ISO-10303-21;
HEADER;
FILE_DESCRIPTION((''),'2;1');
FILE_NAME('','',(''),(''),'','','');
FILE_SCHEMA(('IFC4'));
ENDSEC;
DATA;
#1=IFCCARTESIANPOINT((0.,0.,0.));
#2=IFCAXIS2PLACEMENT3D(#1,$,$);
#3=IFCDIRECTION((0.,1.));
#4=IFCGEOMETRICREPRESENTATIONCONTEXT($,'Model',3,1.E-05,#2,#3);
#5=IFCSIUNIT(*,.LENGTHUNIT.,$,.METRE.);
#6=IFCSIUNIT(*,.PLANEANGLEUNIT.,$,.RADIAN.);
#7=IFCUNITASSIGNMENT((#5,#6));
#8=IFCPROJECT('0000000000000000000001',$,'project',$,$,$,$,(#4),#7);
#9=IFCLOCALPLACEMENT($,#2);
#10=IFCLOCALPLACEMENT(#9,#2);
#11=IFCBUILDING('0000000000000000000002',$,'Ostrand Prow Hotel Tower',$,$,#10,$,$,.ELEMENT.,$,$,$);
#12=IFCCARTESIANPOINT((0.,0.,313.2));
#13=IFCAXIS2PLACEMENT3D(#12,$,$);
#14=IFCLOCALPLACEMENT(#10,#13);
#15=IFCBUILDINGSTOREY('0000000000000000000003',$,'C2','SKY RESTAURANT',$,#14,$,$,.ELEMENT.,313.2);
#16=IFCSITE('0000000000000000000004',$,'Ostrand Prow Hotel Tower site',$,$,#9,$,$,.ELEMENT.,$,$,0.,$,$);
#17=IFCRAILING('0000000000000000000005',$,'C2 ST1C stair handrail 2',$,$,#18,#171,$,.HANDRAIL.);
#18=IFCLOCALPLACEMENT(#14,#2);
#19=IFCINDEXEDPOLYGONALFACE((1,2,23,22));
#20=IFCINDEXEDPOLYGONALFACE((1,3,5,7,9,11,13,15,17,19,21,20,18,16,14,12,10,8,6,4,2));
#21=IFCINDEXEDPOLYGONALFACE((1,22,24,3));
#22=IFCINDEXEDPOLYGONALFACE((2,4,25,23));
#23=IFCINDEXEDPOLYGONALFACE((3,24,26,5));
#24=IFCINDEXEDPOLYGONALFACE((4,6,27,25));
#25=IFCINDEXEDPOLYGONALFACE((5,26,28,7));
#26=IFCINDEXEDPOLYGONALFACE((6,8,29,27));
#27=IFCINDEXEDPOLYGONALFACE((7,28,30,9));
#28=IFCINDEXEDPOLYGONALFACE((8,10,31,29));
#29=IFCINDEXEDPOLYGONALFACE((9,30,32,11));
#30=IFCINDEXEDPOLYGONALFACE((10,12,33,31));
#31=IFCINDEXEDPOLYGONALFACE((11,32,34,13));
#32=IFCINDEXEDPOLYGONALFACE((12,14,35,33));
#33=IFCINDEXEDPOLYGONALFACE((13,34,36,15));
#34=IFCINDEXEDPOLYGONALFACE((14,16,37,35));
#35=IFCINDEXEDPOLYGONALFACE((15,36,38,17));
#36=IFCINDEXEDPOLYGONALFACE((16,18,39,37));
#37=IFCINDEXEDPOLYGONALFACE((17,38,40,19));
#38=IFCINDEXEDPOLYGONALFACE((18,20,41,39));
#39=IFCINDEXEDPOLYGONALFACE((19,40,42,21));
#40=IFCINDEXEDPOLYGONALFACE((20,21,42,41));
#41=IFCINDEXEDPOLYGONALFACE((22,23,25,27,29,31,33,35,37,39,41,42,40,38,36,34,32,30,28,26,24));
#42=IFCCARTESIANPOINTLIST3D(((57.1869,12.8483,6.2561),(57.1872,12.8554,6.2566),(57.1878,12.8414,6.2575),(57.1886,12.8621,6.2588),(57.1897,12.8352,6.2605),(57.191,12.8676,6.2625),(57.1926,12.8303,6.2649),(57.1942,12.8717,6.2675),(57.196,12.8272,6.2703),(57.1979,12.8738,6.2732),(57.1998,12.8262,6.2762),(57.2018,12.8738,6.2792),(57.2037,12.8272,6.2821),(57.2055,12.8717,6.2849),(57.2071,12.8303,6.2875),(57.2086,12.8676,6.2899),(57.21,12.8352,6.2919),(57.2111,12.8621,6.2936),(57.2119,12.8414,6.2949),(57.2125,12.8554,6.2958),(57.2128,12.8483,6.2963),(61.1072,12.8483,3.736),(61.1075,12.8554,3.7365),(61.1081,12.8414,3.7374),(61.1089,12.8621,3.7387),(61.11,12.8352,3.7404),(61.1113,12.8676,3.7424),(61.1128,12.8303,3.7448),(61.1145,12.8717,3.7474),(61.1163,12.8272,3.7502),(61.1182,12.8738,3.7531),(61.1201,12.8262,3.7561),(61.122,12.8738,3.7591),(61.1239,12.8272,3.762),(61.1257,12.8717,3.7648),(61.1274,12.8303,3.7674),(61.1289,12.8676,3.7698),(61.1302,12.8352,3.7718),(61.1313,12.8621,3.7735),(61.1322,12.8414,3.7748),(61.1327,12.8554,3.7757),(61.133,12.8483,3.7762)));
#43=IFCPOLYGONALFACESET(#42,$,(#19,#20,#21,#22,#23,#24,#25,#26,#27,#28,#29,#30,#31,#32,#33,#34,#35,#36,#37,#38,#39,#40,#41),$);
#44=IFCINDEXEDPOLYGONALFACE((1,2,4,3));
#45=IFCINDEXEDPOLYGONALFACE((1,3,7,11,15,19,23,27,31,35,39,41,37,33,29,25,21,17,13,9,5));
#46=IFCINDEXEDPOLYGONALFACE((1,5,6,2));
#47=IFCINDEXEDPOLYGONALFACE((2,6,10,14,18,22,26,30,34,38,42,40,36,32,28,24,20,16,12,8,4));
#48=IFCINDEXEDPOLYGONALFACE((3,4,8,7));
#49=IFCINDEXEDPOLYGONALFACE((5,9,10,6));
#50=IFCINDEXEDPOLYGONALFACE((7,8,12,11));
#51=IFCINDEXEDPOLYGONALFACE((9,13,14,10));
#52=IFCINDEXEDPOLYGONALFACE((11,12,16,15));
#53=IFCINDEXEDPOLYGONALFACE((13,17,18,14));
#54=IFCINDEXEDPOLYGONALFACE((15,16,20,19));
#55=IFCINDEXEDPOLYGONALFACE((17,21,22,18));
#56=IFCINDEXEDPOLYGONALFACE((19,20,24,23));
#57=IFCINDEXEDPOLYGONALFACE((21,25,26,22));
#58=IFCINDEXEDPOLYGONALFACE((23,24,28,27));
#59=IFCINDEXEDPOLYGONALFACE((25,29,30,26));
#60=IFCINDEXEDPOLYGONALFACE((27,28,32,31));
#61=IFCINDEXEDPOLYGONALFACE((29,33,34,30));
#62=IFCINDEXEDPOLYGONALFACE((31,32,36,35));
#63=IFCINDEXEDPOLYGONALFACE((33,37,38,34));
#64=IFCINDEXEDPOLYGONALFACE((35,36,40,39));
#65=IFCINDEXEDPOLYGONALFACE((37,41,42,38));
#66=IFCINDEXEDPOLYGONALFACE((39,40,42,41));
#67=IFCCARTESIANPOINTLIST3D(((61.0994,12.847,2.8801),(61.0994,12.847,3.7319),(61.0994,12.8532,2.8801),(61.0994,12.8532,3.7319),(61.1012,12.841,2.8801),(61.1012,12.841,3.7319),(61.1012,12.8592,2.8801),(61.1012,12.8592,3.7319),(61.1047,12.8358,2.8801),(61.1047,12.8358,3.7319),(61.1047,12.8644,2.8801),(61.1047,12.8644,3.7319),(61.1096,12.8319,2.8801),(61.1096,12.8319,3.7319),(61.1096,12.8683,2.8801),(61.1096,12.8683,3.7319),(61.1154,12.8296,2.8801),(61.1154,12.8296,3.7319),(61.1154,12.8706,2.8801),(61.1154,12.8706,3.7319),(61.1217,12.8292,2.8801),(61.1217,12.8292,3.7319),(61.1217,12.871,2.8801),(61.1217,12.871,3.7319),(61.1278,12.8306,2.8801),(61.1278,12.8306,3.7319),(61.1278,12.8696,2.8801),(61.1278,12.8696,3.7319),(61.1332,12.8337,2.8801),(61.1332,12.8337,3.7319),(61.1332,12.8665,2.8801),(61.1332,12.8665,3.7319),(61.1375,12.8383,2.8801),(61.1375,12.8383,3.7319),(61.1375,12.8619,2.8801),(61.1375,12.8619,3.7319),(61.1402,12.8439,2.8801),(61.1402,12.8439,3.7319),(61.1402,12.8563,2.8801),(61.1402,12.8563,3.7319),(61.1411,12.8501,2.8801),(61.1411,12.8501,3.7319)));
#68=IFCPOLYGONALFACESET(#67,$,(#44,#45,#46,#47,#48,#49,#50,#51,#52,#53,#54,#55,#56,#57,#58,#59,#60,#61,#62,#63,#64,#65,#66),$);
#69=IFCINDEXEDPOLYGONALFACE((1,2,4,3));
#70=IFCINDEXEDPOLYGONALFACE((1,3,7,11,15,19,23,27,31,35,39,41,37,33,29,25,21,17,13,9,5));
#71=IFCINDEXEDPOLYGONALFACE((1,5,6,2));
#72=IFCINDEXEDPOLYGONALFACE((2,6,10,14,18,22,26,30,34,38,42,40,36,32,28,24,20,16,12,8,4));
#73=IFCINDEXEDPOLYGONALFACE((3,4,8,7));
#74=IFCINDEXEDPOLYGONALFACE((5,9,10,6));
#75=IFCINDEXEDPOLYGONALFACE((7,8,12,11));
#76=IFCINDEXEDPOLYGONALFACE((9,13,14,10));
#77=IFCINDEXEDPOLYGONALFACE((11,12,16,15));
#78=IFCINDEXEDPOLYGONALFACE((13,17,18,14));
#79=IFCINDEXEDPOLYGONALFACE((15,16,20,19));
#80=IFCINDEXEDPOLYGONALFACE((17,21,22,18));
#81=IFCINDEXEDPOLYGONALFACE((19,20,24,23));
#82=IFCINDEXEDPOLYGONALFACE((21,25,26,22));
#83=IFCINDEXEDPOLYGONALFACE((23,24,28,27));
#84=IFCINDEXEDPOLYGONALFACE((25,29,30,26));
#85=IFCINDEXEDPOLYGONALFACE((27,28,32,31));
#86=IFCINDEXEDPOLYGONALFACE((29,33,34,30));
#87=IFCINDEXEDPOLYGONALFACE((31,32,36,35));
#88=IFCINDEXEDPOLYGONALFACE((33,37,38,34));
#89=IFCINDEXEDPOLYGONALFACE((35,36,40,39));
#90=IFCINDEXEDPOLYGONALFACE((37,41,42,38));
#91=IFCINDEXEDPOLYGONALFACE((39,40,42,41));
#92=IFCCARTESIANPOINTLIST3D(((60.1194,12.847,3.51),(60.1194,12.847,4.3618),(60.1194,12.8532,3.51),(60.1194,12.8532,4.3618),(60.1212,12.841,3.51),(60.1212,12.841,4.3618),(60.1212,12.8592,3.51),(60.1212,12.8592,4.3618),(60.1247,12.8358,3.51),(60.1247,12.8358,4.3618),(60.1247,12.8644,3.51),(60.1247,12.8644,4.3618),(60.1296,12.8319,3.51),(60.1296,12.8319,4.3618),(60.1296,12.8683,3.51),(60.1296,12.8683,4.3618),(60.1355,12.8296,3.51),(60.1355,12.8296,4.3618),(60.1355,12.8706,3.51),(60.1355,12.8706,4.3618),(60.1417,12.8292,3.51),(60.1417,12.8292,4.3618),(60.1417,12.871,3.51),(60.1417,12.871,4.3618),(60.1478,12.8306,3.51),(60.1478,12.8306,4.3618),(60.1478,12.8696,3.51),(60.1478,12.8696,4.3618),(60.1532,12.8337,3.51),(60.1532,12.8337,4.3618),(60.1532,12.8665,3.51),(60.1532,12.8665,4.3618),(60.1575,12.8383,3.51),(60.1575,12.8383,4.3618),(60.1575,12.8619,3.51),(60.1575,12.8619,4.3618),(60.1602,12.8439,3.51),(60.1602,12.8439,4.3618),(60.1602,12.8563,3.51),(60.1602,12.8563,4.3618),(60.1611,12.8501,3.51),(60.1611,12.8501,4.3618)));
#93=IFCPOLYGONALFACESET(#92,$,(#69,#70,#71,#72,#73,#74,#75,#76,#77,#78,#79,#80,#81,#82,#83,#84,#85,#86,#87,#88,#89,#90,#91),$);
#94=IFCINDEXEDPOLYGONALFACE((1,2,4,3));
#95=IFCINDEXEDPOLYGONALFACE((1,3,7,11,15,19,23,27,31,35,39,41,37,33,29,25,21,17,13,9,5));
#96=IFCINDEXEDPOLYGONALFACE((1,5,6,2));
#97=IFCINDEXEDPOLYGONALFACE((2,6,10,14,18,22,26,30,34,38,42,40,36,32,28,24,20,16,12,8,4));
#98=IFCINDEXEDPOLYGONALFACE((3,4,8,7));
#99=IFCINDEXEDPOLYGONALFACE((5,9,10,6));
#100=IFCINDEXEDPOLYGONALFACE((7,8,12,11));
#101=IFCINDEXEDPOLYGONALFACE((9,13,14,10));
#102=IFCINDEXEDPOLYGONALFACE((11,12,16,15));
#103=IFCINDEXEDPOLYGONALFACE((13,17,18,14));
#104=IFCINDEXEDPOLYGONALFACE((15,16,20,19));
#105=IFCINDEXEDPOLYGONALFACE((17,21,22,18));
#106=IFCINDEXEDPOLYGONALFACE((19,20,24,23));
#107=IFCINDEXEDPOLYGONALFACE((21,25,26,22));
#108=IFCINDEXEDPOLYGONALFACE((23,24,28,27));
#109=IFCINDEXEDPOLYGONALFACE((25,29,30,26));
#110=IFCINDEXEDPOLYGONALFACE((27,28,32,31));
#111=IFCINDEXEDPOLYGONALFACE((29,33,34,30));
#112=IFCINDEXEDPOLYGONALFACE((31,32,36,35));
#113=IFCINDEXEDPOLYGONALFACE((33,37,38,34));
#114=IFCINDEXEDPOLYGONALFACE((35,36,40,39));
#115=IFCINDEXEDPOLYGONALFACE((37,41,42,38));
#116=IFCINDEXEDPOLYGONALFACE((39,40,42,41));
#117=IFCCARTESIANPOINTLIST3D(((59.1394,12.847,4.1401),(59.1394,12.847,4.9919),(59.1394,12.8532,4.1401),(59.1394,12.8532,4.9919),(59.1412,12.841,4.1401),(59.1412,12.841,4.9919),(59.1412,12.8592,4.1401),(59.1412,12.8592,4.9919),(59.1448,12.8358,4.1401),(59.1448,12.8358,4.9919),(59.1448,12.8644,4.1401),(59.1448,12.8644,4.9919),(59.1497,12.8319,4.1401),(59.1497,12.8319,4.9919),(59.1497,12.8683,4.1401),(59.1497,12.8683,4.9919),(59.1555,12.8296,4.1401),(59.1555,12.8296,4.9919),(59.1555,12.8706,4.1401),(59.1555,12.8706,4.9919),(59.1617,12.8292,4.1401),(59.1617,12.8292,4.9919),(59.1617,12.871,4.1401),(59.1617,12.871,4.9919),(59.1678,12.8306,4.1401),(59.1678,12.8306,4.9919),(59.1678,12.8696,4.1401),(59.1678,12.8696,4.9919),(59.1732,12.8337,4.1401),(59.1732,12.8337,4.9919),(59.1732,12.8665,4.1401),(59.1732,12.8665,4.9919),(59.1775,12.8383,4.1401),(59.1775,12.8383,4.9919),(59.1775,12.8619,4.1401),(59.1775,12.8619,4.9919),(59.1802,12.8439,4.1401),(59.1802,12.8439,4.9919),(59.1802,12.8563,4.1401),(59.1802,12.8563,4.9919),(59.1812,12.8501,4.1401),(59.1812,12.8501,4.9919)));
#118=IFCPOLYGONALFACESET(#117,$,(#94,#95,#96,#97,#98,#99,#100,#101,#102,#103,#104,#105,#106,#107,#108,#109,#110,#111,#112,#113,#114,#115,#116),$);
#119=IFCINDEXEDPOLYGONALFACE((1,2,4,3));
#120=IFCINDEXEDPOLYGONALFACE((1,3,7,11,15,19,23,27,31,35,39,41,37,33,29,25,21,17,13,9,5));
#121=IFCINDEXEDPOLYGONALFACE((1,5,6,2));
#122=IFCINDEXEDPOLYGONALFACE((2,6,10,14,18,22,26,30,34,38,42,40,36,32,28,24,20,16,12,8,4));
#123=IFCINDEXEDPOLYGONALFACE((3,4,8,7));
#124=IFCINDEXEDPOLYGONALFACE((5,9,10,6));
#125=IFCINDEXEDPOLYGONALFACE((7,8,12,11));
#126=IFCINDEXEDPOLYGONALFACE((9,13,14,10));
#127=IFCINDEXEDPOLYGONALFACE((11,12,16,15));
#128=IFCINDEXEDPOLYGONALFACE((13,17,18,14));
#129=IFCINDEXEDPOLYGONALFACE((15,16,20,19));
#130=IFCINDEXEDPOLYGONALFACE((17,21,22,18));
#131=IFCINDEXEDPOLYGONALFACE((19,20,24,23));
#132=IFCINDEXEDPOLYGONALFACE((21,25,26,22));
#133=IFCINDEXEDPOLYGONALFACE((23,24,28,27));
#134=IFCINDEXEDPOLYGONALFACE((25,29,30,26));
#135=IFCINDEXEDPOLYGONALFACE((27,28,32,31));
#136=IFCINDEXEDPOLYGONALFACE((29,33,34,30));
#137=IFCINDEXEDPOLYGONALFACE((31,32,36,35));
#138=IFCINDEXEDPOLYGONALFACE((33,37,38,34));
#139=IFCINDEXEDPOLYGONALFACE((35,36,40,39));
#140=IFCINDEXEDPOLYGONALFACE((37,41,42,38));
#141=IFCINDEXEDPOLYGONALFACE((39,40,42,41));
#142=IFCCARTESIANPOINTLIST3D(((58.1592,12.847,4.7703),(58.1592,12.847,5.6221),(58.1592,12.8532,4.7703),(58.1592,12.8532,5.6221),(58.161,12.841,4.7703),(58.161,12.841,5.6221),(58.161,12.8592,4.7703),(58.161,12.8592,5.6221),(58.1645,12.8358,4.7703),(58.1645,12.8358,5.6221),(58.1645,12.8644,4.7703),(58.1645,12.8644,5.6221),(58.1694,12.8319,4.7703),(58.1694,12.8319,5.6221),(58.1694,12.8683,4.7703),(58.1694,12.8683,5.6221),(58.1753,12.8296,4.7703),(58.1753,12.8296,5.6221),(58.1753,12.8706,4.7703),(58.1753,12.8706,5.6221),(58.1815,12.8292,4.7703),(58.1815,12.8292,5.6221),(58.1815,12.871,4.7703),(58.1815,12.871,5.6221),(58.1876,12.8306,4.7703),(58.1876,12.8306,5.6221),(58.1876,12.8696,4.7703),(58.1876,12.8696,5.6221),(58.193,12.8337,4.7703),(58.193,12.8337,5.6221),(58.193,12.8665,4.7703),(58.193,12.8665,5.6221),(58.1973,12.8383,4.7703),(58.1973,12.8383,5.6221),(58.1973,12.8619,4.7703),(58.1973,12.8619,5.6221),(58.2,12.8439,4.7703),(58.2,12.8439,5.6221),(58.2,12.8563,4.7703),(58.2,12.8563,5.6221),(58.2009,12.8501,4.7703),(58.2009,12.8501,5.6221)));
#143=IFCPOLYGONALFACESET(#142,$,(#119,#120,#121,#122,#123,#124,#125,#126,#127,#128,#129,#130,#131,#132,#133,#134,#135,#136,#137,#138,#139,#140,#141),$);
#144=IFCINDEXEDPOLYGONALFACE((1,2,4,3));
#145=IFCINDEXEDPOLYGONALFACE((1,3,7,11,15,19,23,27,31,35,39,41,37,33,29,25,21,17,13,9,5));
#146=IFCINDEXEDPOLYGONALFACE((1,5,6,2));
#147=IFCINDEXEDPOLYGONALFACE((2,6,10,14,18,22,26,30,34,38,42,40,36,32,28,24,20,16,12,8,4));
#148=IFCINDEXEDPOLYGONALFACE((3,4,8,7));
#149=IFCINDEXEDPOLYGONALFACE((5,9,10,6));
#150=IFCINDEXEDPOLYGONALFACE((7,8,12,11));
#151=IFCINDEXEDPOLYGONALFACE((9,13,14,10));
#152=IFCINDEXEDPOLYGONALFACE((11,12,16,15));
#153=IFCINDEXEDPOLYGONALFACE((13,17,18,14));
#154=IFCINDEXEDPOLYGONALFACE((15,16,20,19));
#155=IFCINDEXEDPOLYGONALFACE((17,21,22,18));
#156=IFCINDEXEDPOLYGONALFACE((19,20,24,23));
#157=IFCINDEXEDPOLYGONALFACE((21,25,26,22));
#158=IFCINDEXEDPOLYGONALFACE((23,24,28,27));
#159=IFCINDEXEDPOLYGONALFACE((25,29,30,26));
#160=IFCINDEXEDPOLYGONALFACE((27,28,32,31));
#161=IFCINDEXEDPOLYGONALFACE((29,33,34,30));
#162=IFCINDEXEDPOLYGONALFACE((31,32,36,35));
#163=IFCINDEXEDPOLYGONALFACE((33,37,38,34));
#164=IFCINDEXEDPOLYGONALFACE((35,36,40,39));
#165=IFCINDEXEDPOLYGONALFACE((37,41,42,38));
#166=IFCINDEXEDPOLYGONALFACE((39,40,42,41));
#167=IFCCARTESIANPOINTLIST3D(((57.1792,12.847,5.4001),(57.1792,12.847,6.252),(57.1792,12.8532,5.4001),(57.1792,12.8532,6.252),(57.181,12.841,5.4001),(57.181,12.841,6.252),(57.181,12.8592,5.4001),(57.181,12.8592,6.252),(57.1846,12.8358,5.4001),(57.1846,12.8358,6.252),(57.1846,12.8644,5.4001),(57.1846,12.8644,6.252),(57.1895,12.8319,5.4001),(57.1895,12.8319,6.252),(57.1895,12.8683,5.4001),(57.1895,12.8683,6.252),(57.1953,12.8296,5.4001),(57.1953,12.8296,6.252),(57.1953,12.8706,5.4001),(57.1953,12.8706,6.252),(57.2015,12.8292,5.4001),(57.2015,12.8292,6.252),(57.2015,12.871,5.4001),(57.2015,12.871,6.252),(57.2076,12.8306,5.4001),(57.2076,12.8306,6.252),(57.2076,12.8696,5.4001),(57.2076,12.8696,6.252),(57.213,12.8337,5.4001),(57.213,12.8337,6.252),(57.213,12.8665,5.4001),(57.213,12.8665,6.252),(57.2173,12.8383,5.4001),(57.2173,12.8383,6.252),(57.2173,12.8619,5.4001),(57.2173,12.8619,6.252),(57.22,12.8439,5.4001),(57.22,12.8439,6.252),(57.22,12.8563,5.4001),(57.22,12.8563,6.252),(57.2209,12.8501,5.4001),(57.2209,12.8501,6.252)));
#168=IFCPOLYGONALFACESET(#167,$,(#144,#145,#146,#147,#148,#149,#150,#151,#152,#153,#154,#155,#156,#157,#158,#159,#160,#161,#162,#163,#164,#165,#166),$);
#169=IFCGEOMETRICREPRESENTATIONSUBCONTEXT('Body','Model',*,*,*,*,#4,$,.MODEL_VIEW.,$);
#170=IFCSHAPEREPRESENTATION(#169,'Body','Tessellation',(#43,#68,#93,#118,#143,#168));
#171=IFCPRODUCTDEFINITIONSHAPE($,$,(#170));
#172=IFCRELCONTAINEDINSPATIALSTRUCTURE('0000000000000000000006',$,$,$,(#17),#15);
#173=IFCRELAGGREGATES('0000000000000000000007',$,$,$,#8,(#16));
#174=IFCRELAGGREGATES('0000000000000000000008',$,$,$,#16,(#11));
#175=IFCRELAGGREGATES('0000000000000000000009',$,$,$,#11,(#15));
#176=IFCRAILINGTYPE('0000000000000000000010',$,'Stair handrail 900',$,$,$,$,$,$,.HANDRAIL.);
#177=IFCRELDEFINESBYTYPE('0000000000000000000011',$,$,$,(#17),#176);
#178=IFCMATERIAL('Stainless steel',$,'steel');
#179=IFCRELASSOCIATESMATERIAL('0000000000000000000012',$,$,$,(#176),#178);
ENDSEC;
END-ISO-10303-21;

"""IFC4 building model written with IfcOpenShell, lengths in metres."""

from ifc_helpers import new_model, si_unit, direction, frame, origin, origin_2d, place, context, subcontext, project, spatial, circle, extrude, material, type_object, element, save


model = new_model("IFC4")

# Units and contexts
model_context = context("Model", 3, precision=1e-05, world=origin(), true_north=direction((0.0, 1.0)))
body_context = subcontext(model_context, "Body", "Model", "MODEL_VIEW")
ifc_project = project(units=[si_unit("LENGTHUNIT", "METRE"), si_unit("PLANEANGLEUNIT", "RADIAN")], contexts=[model_context])

# Site, building, storey
site_placement = place(None, origin())
site = spatial("IfcSite", under=ifc_project, at=site_placement, Name="Ostrand Prow Hotel Tower site", CompositionType="ELEMENT", RefElevation=0.0)
building_placement = place(site_placement, origin())
building = spatial("IfcBuilding", under=site, at=building_placement, Name="Ostrand Prow Hotel Tower", CompositionType="ELEMENT")
storey_placement = place(building_placement, frame((0.0, 0.0, 313.2)))
storey = spatial("IfcBuildingStorey", under=building, at=storey_placement, Name="C2", Description="SKY RESTAURANT", CompositionType="ELEMENT", Elevation=313.2)

# Railing
ifc_material_1 = material(Name="Stainless steel", Category="steel")
railing_type_1 = type_object("IfcRailingType", Name="Stair handrail 900", PredefinedType="HANDRAIL", material=ifc_material_1)
railing_1_placement = place(storey_placement, frame((61.1201, 12.8501, 2.8801)))
element("IfcRailing", 1, at=railing_1_placement, inside=storey, type_object=railing_type_1, Name="C2 ST1C stair handrail 2", PredefinedType="HANDRAIL", context=body_context, shape_type="SweptSolid", body=[
    extrude(circle(Radius=0.0239, at=origin_2d()), frame((0.0, 0.0, 0.876), z_axis=(-0.841187, 0.0, 0.540744), x_axis=(0.0, -1.0, 0.0)), (0.0, 0.0, 1.0), 4.6604),
    extrude(circle(Radius=0.021, at=origin_2d()), origin(), (0.0, 0.0, 1.0), 0.8518),
    extrude(circle(Radius=0.021, at=origin_2d()), frame((-0.98, 0.0, 0.6299)), (0.0, 0.0, 1.0), 0.8518),
    extrude(circle(Radius=0.021, at=origin_2d()), frame((-1.96, 0.0, 1.26)), (0.0, 0.0, 1.0), 0.8518),
    extrude(circle(Radius=0.021, at=origin_2d()), frame((-2.9402, 0.0, 1.8901)), (0.0, 0.0, 1.0), 0.8518),
    extrude(circle(Radius=0.021, at=origin_2d()), frame((-3.9202, 0.0, 2.52)), (0.0, 0.0, 1.0), 0.8518),
])

save(model, "model.ifc")
